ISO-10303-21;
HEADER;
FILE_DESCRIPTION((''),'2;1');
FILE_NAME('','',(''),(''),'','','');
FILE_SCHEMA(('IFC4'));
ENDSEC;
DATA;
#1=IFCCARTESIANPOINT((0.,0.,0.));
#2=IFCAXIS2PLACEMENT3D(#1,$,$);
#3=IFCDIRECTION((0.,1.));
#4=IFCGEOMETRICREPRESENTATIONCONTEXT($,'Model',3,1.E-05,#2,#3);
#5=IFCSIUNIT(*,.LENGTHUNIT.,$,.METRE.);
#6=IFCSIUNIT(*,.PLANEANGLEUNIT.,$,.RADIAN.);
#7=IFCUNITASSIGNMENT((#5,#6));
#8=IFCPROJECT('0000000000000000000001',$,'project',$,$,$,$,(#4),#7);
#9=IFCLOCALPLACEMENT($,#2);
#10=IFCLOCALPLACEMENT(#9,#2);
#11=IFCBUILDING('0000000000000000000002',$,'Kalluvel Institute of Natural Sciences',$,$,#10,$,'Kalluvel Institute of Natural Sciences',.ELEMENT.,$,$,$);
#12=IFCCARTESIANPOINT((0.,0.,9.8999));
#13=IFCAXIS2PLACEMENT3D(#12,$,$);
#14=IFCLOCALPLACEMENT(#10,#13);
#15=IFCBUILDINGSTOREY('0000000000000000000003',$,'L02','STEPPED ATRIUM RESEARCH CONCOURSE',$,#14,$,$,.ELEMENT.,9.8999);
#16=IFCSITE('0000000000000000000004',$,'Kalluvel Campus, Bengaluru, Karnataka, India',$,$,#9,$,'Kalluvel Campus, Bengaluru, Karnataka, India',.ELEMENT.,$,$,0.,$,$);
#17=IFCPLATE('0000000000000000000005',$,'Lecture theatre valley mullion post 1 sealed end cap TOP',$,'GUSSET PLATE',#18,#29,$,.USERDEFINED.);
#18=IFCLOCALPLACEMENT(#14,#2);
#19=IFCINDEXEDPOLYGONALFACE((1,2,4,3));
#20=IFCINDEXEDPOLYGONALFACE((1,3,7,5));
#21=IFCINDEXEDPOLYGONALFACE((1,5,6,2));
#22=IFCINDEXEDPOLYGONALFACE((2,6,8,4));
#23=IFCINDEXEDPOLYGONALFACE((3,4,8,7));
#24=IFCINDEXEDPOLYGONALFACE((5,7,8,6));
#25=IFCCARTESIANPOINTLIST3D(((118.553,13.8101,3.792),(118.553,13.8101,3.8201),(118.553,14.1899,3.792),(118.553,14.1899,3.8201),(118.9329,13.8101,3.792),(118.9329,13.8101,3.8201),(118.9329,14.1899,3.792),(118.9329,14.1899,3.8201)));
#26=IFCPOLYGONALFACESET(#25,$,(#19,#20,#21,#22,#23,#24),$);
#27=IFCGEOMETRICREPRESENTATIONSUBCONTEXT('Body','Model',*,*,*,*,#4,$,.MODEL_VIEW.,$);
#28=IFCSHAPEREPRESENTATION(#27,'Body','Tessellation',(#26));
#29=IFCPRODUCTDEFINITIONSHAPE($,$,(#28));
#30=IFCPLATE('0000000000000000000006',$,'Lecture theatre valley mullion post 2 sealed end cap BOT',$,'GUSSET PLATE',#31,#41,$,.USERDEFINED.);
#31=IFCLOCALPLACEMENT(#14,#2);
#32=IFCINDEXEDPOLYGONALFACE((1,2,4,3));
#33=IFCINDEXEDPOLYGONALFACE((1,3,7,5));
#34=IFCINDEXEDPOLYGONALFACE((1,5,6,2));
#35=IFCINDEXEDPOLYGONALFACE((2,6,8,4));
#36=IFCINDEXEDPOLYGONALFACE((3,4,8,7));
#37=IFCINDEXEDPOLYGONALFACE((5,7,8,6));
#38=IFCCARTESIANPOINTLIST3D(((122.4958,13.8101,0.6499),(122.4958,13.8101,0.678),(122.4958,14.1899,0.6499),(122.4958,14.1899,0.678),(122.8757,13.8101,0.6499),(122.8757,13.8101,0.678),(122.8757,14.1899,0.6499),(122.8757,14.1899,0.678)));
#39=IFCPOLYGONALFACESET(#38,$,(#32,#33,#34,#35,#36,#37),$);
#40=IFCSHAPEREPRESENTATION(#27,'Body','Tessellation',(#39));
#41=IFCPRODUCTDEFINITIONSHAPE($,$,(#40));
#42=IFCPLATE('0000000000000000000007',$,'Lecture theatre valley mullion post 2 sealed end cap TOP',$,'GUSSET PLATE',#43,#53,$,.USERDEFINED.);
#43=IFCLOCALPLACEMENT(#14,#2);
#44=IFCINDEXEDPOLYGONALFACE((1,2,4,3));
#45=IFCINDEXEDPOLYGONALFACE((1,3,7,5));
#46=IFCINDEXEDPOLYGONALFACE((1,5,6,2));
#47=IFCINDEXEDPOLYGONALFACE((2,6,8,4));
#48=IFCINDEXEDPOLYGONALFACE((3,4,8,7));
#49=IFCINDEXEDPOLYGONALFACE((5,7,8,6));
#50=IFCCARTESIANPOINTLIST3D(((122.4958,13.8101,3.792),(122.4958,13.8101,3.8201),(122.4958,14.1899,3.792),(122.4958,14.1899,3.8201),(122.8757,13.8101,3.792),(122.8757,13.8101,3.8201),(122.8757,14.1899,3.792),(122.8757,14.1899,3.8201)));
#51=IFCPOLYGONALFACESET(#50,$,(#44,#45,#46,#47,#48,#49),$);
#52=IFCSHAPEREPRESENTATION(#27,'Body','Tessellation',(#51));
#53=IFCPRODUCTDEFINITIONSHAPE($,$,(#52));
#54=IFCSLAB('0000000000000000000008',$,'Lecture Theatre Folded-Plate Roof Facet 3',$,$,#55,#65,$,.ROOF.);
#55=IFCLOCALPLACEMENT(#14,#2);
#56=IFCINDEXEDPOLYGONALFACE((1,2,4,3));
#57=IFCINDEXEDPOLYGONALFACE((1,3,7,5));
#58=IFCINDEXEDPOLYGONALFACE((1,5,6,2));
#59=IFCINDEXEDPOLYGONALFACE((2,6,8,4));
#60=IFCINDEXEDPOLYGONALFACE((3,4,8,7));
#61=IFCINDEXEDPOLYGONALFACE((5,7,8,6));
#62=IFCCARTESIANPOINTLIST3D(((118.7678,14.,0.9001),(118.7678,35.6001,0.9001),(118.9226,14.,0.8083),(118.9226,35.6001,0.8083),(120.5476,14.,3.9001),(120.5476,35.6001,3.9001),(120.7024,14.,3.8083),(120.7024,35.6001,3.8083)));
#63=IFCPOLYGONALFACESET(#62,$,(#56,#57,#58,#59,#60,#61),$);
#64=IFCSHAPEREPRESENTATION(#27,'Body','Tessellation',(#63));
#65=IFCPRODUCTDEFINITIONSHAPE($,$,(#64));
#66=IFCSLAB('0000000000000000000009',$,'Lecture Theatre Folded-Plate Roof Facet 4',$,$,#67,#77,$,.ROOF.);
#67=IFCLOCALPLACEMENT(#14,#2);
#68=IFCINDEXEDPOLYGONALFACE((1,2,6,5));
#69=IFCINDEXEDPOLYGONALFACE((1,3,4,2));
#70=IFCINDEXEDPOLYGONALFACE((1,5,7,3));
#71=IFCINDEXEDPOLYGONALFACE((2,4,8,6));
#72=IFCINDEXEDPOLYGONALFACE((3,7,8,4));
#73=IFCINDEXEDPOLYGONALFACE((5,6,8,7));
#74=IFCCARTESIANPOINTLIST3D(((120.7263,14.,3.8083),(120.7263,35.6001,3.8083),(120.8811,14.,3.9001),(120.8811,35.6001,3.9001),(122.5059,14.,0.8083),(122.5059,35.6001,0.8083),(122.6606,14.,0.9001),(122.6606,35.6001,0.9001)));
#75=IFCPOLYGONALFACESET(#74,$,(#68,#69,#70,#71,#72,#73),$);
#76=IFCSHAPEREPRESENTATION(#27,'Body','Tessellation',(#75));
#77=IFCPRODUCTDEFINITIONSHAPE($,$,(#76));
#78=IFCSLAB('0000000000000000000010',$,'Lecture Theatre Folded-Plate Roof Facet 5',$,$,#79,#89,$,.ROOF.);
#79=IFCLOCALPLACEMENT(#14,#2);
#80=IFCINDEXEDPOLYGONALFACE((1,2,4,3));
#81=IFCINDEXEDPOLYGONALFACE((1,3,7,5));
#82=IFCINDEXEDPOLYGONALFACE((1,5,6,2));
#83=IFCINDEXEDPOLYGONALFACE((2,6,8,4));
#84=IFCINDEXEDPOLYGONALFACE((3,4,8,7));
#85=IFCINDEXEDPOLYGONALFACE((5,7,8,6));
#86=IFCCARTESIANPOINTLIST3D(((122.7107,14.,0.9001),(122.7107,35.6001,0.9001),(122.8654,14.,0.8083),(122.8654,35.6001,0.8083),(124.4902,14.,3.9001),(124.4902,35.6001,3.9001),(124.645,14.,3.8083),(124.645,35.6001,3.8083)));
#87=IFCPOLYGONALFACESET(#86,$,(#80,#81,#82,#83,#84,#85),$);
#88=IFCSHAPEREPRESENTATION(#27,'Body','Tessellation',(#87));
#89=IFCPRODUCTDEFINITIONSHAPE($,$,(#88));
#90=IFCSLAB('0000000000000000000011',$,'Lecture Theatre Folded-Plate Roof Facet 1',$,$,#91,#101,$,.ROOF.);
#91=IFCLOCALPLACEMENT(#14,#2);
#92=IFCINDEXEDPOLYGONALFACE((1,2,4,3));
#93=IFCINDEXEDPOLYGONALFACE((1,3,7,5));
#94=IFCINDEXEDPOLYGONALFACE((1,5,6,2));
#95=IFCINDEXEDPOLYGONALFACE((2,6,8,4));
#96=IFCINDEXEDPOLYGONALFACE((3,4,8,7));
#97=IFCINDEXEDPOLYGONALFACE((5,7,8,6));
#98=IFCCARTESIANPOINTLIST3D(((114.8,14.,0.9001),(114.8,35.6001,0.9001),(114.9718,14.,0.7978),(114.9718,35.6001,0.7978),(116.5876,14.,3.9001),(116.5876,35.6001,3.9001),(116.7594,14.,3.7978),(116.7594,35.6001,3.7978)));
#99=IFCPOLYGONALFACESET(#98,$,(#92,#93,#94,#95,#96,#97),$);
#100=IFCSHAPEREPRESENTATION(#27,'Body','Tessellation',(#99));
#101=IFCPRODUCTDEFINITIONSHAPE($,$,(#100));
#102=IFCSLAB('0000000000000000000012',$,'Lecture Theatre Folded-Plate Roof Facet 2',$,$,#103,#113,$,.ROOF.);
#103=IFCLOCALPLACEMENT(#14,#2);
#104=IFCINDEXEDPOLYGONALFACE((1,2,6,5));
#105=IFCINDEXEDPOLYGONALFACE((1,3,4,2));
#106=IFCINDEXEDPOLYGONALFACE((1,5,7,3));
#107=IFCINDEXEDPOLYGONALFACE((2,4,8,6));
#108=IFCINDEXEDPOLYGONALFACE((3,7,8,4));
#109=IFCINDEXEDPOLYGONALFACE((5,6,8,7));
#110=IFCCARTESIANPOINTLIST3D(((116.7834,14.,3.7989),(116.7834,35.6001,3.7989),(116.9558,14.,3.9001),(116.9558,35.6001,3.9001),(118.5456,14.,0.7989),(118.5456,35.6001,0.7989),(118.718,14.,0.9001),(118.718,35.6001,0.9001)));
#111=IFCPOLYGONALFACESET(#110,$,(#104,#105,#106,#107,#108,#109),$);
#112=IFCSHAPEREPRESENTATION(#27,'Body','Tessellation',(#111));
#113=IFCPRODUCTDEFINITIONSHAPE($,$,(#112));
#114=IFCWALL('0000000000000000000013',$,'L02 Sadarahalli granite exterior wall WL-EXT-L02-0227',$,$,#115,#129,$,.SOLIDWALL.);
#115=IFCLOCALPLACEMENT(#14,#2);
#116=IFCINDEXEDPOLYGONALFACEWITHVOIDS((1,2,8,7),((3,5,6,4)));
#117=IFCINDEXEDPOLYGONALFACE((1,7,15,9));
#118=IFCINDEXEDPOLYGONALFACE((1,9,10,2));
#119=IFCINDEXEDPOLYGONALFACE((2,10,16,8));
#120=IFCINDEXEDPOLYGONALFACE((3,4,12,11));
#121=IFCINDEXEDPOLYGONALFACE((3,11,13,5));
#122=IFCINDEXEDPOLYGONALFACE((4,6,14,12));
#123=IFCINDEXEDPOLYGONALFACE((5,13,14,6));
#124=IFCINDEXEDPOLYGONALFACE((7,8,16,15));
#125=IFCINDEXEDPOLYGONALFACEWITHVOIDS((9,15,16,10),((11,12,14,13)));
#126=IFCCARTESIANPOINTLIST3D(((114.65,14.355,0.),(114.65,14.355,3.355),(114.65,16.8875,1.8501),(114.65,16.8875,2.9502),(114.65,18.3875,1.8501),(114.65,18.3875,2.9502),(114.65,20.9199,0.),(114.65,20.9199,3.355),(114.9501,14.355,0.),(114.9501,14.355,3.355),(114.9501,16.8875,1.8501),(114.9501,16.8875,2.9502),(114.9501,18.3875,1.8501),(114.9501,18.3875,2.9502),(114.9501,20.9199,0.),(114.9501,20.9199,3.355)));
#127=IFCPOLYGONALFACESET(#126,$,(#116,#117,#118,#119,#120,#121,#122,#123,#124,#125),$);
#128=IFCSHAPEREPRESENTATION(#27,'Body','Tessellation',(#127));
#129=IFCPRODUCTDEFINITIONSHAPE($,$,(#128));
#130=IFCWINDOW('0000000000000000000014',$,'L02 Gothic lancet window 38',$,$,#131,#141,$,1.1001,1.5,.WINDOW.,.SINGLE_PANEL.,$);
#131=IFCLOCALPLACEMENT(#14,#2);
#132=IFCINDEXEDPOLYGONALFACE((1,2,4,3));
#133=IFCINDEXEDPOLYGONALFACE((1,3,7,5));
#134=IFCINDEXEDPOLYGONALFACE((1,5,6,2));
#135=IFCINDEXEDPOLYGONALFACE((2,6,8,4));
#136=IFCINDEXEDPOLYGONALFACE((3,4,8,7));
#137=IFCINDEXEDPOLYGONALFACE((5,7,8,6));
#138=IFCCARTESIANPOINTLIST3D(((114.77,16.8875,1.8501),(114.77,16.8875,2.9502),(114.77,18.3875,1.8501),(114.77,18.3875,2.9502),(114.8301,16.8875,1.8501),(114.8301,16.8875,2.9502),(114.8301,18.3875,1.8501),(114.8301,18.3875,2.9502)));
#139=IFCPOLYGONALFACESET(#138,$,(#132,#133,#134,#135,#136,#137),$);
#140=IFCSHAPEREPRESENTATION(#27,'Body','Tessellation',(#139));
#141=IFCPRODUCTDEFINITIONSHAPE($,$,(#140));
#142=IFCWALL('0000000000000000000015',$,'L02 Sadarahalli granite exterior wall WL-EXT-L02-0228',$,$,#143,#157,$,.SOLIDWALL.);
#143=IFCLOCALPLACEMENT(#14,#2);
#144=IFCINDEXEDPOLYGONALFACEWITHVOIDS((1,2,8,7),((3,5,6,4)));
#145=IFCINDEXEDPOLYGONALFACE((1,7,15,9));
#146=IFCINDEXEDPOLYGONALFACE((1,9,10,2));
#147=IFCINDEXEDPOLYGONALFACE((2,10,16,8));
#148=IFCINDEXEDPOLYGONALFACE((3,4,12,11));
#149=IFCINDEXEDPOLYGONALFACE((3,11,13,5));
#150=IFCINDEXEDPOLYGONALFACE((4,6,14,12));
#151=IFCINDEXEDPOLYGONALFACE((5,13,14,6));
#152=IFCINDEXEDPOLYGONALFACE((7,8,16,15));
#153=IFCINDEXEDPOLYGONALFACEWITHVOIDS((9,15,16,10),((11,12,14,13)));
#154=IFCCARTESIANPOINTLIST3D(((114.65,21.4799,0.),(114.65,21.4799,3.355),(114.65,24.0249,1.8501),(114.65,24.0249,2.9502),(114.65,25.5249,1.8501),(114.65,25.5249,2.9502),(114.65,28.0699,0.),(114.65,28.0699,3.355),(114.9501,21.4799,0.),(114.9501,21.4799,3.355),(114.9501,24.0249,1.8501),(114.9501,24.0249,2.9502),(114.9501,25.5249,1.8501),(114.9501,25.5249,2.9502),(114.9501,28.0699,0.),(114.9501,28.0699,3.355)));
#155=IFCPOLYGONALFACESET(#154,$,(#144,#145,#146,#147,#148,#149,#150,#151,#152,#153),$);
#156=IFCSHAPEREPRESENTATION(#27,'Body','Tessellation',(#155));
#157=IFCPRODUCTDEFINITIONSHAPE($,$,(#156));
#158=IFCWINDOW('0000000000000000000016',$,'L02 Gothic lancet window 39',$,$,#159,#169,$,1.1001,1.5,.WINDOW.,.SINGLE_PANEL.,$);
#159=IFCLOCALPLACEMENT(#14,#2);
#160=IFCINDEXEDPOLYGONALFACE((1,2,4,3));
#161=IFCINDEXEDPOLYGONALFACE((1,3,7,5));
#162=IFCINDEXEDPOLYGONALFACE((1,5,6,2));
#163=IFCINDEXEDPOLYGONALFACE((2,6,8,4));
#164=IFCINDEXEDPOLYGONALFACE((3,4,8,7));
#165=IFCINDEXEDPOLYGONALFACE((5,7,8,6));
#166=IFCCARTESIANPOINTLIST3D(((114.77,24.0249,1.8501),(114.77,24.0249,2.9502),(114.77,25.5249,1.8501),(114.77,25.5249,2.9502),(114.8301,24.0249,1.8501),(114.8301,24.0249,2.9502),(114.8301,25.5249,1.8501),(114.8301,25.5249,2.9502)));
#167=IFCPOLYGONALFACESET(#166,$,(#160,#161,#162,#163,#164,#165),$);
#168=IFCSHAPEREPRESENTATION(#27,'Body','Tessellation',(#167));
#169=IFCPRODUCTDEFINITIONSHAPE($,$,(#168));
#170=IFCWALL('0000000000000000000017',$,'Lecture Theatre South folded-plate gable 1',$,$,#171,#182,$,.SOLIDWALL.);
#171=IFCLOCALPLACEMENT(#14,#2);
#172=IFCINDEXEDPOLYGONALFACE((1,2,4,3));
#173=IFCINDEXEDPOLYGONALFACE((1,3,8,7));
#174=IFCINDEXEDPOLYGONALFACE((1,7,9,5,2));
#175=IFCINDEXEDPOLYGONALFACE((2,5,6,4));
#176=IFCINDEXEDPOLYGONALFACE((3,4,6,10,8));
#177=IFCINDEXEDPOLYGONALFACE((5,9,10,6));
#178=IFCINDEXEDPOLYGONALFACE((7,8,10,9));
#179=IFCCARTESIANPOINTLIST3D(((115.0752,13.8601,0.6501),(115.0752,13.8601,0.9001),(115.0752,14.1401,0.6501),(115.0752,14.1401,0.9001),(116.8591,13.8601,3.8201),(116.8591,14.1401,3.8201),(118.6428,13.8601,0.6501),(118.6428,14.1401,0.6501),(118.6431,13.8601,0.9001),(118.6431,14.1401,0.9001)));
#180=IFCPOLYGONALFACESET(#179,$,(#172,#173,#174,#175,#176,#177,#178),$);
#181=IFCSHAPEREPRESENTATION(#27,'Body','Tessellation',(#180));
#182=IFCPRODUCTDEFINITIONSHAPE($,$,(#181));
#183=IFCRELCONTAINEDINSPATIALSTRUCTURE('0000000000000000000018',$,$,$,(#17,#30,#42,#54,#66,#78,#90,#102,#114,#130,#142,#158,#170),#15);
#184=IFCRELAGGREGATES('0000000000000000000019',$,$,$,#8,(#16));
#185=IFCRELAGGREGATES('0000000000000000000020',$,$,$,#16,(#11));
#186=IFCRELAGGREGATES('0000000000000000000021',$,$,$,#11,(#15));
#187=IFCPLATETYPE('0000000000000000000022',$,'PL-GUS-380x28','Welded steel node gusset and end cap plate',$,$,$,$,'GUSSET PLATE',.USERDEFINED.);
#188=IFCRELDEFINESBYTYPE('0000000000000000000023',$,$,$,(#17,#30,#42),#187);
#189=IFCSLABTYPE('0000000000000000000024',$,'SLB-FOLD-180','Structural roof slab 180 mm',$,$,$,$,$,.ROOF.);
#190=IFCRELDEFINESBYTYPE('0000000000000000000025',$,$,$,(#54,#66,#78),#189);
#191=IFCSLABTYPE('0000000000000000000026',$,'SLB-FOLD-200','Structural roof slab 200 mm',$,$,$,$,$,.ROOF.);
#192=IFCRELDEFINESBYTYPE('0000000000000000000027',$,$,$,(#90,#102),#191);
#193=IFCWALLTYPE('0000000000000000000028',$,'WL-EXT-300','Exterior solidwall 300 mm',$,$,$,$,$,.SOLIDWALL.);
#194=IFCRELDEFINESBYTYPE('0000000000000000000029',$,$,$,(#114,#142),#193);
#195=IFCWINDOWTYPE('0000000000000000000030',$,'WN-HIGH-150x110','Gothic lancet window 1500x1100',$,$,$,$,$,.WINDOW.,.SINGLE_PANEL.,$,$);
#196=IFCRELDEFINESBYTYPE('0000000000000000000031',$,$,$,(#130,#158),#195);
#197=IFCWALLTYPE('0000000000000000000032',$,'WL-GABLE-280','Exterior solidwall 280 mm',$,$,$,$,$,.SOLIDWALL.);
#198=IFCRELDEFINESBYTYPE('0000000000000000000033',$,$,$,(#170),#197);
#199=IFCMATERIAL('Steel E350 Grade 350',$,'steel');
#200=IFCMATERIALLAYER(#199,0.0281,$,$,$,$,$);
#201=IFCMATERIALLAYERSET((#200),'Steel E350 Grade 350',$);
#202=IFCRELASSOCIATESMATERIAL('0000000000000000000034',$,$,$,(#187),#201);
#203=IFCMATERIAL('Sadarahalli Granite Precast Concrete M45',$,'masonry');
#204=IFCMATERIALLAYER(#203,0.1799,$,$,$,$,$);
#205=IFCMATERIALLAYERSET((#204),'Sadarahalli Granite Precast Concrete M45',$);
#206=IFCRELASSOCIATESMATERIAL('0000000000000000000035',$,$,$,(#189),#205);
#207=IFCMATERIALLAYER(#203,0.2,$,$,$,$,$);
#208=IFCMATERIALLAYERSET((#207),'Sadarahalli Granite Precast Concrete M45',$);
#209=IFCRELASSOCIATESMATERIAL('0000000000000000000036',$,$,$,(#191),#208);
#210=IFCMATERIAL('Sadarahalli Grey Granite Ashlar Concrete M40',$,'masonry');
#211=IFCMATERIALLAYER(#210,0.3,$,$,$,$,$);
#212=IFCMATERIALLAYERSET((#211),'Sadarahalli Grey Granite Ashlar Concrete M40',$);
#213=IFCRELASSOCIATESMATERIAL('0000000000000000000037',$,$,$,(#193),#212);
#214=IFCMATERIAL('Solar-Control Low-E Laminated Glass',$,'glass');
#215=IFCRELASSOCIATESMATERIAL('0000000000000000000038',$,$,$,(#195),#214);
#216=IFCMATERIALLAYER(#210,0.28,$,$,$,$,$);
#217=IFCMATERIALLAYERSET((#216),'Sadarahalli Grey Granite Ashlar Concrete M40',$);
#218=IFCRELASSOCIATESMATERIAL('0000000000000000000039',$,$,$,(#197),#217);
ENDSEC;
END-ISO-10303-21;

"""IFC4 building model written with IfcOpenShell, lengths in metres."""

from ifc_helpers import new_model, si_unit, direction, frame, frame_2d, origin, origin_2d, place, context, subcontext, project, spatial, polyline, rectangle, outline, extrude, material, layer, layer_set, type_object, element, fill, save


model = new_model("IFC4")

# Units and contexts
model_context = context("Model", 3, precision=1e-05, world=origin(), true_north=direction((0.0, 1.0)))
body_context = subcontext(model_context, "Body", "Model", "MODEL_VIEW")
ifc_project = project(units=[si_unit("LENGTHUNIT", "METRE"), si_unit("PLANEANGLEUNIT", "RADIAN")], contexts=[model_context])

# Site, building, storey
site_placement = place(None, origin())
site = spatial("IfcSite", under=ifc_project, at=site_placement, Name="Kalluvel Campus, Bengaluru, Karnataka, India", LongName="Kalluvel Campus, Bengaluru, Karnataka, India", CompositionType="ELEMENT", RefElevation=0.0)
building_placement = place(site_placement, origin())
building = spatial("IfcBuilding", under=site, at=building_placement, Name="Kalluvel Institute of Natural Sciences", LongName="Kalluvel Institute of Natural Sciences", CompositionType="ELEMENT")
storey_placement = place(building_placement, frame((0.0, 0.0, 9.8999)))
storey = spatial("IfcBuildingStorey", under=building, at=storey_placement, Name="L02", Description="STEPPED ATRIUM RESEARCH CONCOURSE", CompositionType="ELEMENT", Elevation=9.8999)

# Shared definitions
ifc_material_1 = material(Name="Sadarahalli Granite Precast Concrete M45", Category="masonry")

# Shared definitions
ifc_material_2 = material(Name="Steel E350 Grade 350", Category="steel")

# Plates
ifc_layer_1 = layer(ifc_material_2, 0.0281)
ifc_layer_set_1 = layer_set([ifc_layer_1], Name="Steel E350 Grade 350")
plate_type = type_object("IfcPlateType", Name="PL-GUS-380x28", Description="Welded steel node gusset and end cap plate", ElementType="GUSSET PLATE", PredefinedType="USERDEFINED", material=ifc_layer_set_1)
for number, where, z_axis, x_axis, name in (
    (1, (118.7429, 14.0, 3.792), (0.0, 0.0, 1.0), (1.0, 0.0, 0.0), "Lecture theatre valley mullion post 1 sealed end cap TOP"),
    (2, (122.6858, 14.0, 0.6499), (0.0, 0.0, 1.0), (1.0, 0.0, 0.0), "Lecture theatre valley mullion post 2 sealed end cap BOT"),
    (3, (122.6858, 14.0, 3.792), (0.0, 0.0, 1.0), (1.0, 0.0, 0.0), "Lecture theatre valley mullion post 2 sealed end cap TOP"),
):
    element("IfcPlate", number, at=place(storey_placement, frame(where, z_axis=z_axis, x_axis=x_axis)), inside=storey, type_object=plate_type, Name=name, ObjectType="GUSSET PLATE", PredefinedType="USERDEFINED", context=body_context, shape_type="SweptSolid", body=[
        extrude(rectangle(XDim=0.3799, YDim=0.3799, at=origin_2d()), origin(), (0.0, 0.0, 1.0), 0.0281),
    ])

# Slabs
ifc_layer_2 = layer(ifc_material_1, 0.1799)
ifc_layer_set_2 = layer_set([ifc_layer_2], Name="Sadarahalli Granite Precast Concrete M45")
slab_type_1 = type_object("IfcSlabType", Name="SLB-FOLD-180", Description="Structural roof slab 180 mm", PredefinedType="ROOF", material=ifc_layer_set_2)
slab_1_placement = place(storey_placement, frame((118.7678, 14.0, 0.9001), z_axis=(-0.860039, 0.0, 0.510228), x_axis=(0.510228, 0.0, 0.860039)))
element("IfcSlab", 4, at=slab_1_placement, inside=storey, type_object=slab_type_1, Name="Lecture Theatre Folded-Plate Roof Facet 3", PredefinedType="ROOF", context=body_context, shape_type="SweptSolid", body=[
    extrude(outline(polyline([(0.0, 0.0), (3.4882, 0.0), (3.4882, 21.6001), (0.0, 21.6001), (0.0, 0.0)])), origin(), (0.0, 0.0, -1.0), 0.1799),
])
for number, where, z_axis, x_axis, name in (
    (5, (120.8811, 14.0, 3.9001), (0.86007, 0.0, 0.510176), (0.510176, 0.0, -0.86007), "Lecture Theatre Folded-Plate Roof Facet 4"),
    (6, (122.7107, 14.0, 0.9001), (-0.86007, 0.0, 0.510176), (0.510176, 0.0, 0.86007), "Lecture Theatre Folded-Plate Roof Facet 5"),
):
    element("IfcSlab", number, at=place(storey_placement, frame(where, z_axis=z_axis, x_axis=x_axis)), inside=storey, type_object=slab_type_1, Name=name, PredefinedType="ROOF", context=body_context, shape_type="SweptSolid", body=[
        extrude(outline(polyline([(0.0, 0.0), (3.4881, 0.0), (3.4881, 21.6001), (0.0, 21.6001), (0.0, 0.0)])), origin(), (0.0, 0.0, -1.0), 0.1799),
    ])
ifc_layer_3 = layer(ifc_material_1, 0.2)
ifc_layer_set_3 = layer_set([ifc_layer_3], Name="Sadarahalli Granite Precast Concrete M45")
slab_type_2 = type_object("IfcSlabType", Name="SLB-FOLD-200", Description="Structural roof slab 200 mm", PredefinedType="ROOF", material=ifc_layer_set_3)
slab_2_placement = place(storey_placement, frame((114.8, 14.0, 0.9001), z_axis=(-0.859056, 0.0, 0.511882), x_axis=(0.511882, 0.0, 0.859056)))
element("IfcSlab", 7, at=slab_2_placement, inside=storey, type_object=slab_type_2, Name="Lecture Theatre Folded-Plate Roof Facet 1", PredefinedType="ROOF", context=body_context, shape_type="SweptSolid", body=[
    extrude(outline(polyline([(0.0, 0.0), (3.4922, 0.0), (3.4922, 21.6001), (0.0, 21.6001), (0.0, 0.0)])), origin(), (0.0, 0.0, -1.0), 0.2),
])
slab_3_placement = place(storey_placement, frame((116.9558, 14.0, 3.9001), z_axis=(0.862248, 0.0, 0.506486), x_axis=(0.506486, 0.0, -0.862248)))
element("IfcSlab", 8, at=slab_3_placement, inside=storey, type_object=slab_type_2, Name="Lecture Theatre Folded-Plate Roof Facet 2", PredefinedType="ROOF", context=body_context, shape_type="SweptSolid", body=[
    extrude(outline(polyline([(0.0, 0.0), (3.4793, 0.0), (3.4793, 21.6001), (0.0, 21.6001), (0.0, 0.0)])), origin(), (0.0, 0.0, -1.0), 0.2),
])

# Walls, openings, windows
ifc_material_3 = material(Name="Sadarahalli Grey Granite Ashlar Concrete M40", Category="masonry")
ifc_layer_4 = layer(ifc_material_3, 0.3)
ifc_layer_set_4 = layer_set([ifc_layer_4], Name="Sadarahalli Grey Granite Ashlar Concrete M40")
wall_type_1 = type_object("IfcWallType", Name="WL-EXT-300", Description="Exterior solidwall 300 mm", PredefinedType="SOLIDWALL", material=ifc_layer_set_4)
wall_1_placement = place(storey_placement, frame((114.8, 14.355, 0.0), z_axis=(0.0, 0.0, 1.0), x_axis=(0.0, 1.0, 0.0)))
wall_1 = element("IfcWall", 9, at=wall_1_placement, inside=storey, type_object=wall_type_1, Name="L02 Sadarahalli granite exterior wall WL-EXT-L02-0227", PredefinedType="SOLIDWALL", context=body_context, shape_type="SweptSolid", body=[
    extrude(rectangle(XDim=6.5649, YDim=0.3, at=frame_2d((3.2825, 0.0))), origin(), (0.0, 0.0, 1.0), 3.355),
])
opening_1_placement = place(wall_1_placement, frame((2.5325, 0.0, 1.8501)))
opening_1 = element("IfcOpeningElement", 10, at=opening_1_placement, cuts=wall_1, PredefinedType="OPENING", context=body_context, shape_type="SweptSolid", body=[
    extrude(rectangle(XDim=1.5, YDim=1.1001, at=frame_2d((0.75, 0.55))), frame((0.0, 0.1599, 0.0), z_axis=(0.0, -1.0, 0.0), x_axis=(1.0, 0.0, 0.0)), (0.0, 0.0, 1.0), 0.3201),
])
ifc_material_4 = material(Name="Solar-Control Low-E Laminated Glass", Category="glass")
window_type = type_object("IfcWindowType", Name="WN-HIGH-150x110", Description="Gothic lancet window 1500x1100", PartitioningType="SINGLE_PANEL", PredefinedType="WINDOW", material=ifc_material_4)
window_1_placement = place(opening_1_placement, origin())
window_1 = element("IfcWindow", 11, at=window_1_placement, inside=storey, type_object=window_type, Name="L02 Gothic lancet window 38", OverallHeight=1.1001, OverallWidth=1.5, PartitioningType="SINGLE_PANEL", PredefinedType="WINDOW", context=body_context, shape_type="SweptSolid", body=[
    extrude(rectangle(XDim=1.5, YDim=1.1001, at=frame_2d((0.75, 0.55))), frame((0.0, 0.03, 0.0), z_axis=(0.0, -1.0, 0.0), x_axis=(1.0, 0.0, 0.0)), (0.0, 0.0, 1.0), 0.0601),
])
fill(opening_1, window_1)
wall_2_placement = place(storey_placement, frame((114.8, 21.48, 0.0), z_axis=(0.0, 0.0, 1.0), x_axis=(0.0, 1.0, 0.0)))
wall_2 = element("IfcWall", 12, at=wall_2_placement, inside=storey, type_object=wall_type_1, Name="L02 Sadarahalli granite exterior wall WL-EXT-L02-0228", PredefinedType="SOLIDWALL", context=body_context, shape_type="SweptSolid", body=[
    extrude(rectangle(XDim=6.5901, YDim=0.3, at=frame_2d((3.2949, 0.0))), origin(), (0.0, 0.0, 1.0), 3.355),
])
opening_2_placement = place(wall_2_placement, frame((2.5449, 0.0, 1.8501)))
opening_2 = element("IfcOpeningElement", 13, at=opening_2_placement, cuts=wall_2, PredefinedType="OPENING", context=body_context, shape_type="SweptSolid", body=[
    extrude(rectangle(XDim=1.5, YDim=1.1001, at=frame_2d((0.75, 0.55))), frame((0.0, 0.1599, 0.0), z_axis=(0.0, -1.0, 0.0), x_axis=(1.0, 0.0, 0.0)), (0.0, 0.0, 1.0), 0.3201),
])
window_2_placement = place(opening_2_placement, origin())
window_2 = element("IfcWindow", 14, at=window_2_placement, inside=storey, type_object=window_type, Name="L02 Gothic lancet window 39", OverallHeight=1.1001, OverallWidth=1.5, PartitioningType="SINGLE_PANEL", PredefinedType="WINDOW", context=body_context, shape_type="SweptSolid", body=[
    extrude(rectangle(XDim=1.5, YDim=1.1001, at=frame_2d((0.75, 0.55))), frame((0.0, 0.03, 0.0), z_axis=(0.0, -1.0, 0.0), x_axis=(1.0, 0.0, 0.0)), (0.0, 0.0, 1.0), 0.0601),
])
fill(opening_2, window_2)

# Wall
ifc_layer_5 = layer(ifc_material_3, 0.28)
ifc_layer_set_5 = layer_set([ifc_layer_5], Name="Sadarahalli Grey Granite Ashlar Concrete M40")
wall_type_2 = type_object("IfcWallType", Name="WL-GABLE-280", Description="Exterior solidwall 280 mm", PredefinedType="SOLIDWALL", material=ifc_layer_set_5)
wall_3_placement = place(storey_placement, frame((115.0752, 14.0, 0.6501), z_axis=(0.0, 0.0, 1.0), x_axis=(1.0, 0.0, 0.0)))
element("IfcWall", 15, at=wall_3_placement, inside=storey, type_object=wall_type_2, Name="Lecture Theatre South folded-plate gable 1", PredefinedType="SOLIDWALL", context=body_context, shape_type="SweptSolid", body=[
    extrude(outline(polyline([(0.0, 0.0), (3.5676, 0.0), (3.5679, 0.25), (1.7839, 3.1699), (0.0, 0.25), (0.0, 0.0)])), frame((0.0, 0.1401, 0.0), z_axis=(0.0, -1.0, 0.0), x_axis=(1.0, 0.0, 0.0)), (0.0, 0.0, 1.0), 0.28),
])

save(model, "model.ifc")
